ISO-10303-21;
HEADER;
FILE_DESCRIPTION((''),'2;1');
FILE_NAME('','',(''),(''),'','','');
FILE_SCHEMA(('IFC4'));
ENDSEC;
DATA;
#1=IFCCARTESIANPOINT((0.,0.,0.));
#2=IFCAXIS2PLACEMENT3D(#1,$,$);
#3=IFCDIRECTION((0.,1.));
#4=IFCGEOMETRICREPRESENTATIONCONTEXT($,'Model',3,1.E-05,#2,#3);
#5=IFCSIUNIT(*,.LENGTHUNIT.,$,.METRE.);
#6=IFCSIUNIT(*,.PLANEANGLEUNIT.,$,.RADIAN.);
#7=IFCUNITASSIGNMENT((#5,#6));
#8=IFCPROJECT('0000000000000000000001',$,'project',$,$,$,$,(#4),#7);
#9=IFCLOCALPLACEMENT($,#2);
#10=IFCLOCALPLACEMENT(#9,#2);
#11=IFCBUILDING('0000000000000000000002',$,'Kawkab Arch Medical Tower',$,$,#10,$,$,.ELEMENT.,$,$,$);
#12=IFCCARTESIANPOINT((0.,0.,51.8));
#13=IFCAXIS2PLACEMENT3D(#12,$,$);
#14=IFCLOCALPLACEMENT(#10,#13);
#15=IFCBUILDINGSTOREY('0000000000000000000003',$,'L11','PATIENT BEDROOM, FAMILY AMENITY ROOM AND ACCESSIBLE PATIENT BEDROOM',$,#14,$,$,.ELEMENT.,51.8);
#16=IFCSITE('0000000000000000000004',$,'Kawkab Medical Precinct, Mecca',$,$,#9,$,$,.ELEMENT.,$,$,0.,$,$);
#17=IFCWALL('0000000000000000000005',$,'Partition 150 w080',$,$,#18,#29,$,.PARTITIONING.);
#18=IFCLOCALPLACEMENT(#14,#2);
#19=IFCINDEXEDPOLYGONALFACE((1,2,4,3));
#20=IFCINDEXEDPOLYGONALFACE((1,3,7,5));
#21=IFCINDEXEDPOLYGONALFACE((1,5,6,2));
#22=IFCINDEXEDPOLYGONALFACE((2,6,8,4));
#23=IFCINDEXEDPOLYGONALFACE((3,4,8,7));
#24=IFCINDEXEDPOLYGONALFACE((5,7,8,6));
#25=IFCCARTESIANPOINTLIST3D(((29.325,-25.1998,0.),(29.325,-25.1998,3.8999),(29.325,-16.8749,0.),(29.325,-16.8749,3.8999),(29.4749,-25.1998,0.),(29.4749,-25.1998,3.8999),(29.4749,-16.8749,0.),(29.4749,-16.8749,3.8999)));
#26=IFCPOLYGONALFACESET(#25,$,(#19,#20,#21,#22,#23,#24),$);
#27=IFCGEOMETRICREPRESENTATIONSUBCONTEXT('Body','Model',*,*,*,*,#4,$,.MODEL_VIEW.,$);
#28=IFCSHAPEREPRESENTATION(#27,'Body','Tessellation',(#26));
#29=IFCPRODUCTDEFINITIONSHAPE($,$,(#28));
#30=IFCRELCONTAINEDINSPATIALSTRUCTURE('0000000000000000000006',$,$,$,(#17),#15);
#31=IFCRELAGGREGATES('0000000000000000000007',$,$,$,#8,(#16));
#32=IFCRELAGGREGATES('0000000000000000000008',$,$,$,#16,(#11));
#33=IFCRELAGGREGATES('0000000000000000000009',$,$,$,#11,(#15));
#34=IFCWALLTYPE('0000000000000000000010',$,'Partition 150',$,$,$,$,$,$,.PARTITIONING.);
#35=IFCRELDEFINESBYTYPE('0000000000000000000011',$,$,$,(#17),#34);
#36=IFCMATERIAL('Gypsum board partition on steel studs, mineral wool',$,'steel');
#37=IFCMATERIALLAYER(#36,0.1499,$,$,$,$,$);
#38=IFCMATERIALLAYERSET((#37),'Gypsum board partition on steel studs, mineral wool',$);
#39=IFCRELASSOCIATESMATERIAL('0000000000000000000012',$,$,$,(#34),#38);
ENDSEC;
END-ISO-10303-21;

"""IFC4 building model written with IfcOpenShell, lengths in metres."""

from ifc_helpers import new_model, si_unit, direction, frame, frame_2d, origin, place, context, subcontext, project, spatial, rectangle, extrude, material, layer, layer_set, type_object, element, save


model = new_model("IFC4")

# Units and contexts
model_context = context("Model", 3, precision=1e-05, world=origin(), true_north=direction((0.0, 1.0)))
body_context = subcontext(model_context, "Body", "Model", "MODEL_VIEW")
ifc_project = project(units=[si_unit("LENGTHUNIT", "METRE"), si_unit("PLANEANGLEUNIT", "RADIAN")], contexts=[model_context])

# Site, building, storey
site_placement = place(None, origin())
site = spatial("IfcSite", under=ifc_project, at=site_placement, Name="Kawkab Medical Precinct, Mecca", CompositionType="ELEMENT", RefElevation=0.0)
building_placement = place(site_placement, origin())
building = spatial("IfcBuilding", under=site, at=building_placement, Name="Kawkab Arch Medical Tower", CompositionType="ELEMENT")
storey_placement = place(building_placement, frame((0.0, 0.0, 51.8)))
storey = spatial("IfcBuildingStorey", under=building, at=storey_placement, Name="L11", Description="PATIENT BEDROOM, FAMILY AMENITY ROOM AND ACCESSIBLE PATIENT BEDROOM", CompositionType="ELEMENT", Elevation=51.8)

# Wall
ifc_material_1 = material(Name="Gypsum board partition on steel studs, mineral wool", Category="steel")
ifc_layer_1 = layer(ifc_material_1, 0.1499)
ifc_layer_set_1 = layer_set([ifc_layer_1], Name="Gypsum board partition on steel studs, mineral wool")
wall_type = type_object("IfcWallType", Name="Partition 150", PredefinedType="PARTITIONING", material=ifc_layer_set_1)
wall_1_placement = place(storey_placement, frame((29.3999, -25.2, 0.0), z_axis=(0.0, 0.0, 1.0), x_axis=(0.0, 1.0, 0.0)))
element("IfcWall", 1, at=wall_1_placement, inside=storey, type_object=wall_type, Name="Partition 150 w080", PredefinedType="PARTITIONING", context=body_context, shape_type="SweptSolid", body=[
    extrude(rectangle(XDim=8.325, YDim=0.1499, at=frame_2d((4.1626, 0.0))), origin(), (0.0, 0.0, 1.0), 3.8999),
])

save(model, "model.ifc")
